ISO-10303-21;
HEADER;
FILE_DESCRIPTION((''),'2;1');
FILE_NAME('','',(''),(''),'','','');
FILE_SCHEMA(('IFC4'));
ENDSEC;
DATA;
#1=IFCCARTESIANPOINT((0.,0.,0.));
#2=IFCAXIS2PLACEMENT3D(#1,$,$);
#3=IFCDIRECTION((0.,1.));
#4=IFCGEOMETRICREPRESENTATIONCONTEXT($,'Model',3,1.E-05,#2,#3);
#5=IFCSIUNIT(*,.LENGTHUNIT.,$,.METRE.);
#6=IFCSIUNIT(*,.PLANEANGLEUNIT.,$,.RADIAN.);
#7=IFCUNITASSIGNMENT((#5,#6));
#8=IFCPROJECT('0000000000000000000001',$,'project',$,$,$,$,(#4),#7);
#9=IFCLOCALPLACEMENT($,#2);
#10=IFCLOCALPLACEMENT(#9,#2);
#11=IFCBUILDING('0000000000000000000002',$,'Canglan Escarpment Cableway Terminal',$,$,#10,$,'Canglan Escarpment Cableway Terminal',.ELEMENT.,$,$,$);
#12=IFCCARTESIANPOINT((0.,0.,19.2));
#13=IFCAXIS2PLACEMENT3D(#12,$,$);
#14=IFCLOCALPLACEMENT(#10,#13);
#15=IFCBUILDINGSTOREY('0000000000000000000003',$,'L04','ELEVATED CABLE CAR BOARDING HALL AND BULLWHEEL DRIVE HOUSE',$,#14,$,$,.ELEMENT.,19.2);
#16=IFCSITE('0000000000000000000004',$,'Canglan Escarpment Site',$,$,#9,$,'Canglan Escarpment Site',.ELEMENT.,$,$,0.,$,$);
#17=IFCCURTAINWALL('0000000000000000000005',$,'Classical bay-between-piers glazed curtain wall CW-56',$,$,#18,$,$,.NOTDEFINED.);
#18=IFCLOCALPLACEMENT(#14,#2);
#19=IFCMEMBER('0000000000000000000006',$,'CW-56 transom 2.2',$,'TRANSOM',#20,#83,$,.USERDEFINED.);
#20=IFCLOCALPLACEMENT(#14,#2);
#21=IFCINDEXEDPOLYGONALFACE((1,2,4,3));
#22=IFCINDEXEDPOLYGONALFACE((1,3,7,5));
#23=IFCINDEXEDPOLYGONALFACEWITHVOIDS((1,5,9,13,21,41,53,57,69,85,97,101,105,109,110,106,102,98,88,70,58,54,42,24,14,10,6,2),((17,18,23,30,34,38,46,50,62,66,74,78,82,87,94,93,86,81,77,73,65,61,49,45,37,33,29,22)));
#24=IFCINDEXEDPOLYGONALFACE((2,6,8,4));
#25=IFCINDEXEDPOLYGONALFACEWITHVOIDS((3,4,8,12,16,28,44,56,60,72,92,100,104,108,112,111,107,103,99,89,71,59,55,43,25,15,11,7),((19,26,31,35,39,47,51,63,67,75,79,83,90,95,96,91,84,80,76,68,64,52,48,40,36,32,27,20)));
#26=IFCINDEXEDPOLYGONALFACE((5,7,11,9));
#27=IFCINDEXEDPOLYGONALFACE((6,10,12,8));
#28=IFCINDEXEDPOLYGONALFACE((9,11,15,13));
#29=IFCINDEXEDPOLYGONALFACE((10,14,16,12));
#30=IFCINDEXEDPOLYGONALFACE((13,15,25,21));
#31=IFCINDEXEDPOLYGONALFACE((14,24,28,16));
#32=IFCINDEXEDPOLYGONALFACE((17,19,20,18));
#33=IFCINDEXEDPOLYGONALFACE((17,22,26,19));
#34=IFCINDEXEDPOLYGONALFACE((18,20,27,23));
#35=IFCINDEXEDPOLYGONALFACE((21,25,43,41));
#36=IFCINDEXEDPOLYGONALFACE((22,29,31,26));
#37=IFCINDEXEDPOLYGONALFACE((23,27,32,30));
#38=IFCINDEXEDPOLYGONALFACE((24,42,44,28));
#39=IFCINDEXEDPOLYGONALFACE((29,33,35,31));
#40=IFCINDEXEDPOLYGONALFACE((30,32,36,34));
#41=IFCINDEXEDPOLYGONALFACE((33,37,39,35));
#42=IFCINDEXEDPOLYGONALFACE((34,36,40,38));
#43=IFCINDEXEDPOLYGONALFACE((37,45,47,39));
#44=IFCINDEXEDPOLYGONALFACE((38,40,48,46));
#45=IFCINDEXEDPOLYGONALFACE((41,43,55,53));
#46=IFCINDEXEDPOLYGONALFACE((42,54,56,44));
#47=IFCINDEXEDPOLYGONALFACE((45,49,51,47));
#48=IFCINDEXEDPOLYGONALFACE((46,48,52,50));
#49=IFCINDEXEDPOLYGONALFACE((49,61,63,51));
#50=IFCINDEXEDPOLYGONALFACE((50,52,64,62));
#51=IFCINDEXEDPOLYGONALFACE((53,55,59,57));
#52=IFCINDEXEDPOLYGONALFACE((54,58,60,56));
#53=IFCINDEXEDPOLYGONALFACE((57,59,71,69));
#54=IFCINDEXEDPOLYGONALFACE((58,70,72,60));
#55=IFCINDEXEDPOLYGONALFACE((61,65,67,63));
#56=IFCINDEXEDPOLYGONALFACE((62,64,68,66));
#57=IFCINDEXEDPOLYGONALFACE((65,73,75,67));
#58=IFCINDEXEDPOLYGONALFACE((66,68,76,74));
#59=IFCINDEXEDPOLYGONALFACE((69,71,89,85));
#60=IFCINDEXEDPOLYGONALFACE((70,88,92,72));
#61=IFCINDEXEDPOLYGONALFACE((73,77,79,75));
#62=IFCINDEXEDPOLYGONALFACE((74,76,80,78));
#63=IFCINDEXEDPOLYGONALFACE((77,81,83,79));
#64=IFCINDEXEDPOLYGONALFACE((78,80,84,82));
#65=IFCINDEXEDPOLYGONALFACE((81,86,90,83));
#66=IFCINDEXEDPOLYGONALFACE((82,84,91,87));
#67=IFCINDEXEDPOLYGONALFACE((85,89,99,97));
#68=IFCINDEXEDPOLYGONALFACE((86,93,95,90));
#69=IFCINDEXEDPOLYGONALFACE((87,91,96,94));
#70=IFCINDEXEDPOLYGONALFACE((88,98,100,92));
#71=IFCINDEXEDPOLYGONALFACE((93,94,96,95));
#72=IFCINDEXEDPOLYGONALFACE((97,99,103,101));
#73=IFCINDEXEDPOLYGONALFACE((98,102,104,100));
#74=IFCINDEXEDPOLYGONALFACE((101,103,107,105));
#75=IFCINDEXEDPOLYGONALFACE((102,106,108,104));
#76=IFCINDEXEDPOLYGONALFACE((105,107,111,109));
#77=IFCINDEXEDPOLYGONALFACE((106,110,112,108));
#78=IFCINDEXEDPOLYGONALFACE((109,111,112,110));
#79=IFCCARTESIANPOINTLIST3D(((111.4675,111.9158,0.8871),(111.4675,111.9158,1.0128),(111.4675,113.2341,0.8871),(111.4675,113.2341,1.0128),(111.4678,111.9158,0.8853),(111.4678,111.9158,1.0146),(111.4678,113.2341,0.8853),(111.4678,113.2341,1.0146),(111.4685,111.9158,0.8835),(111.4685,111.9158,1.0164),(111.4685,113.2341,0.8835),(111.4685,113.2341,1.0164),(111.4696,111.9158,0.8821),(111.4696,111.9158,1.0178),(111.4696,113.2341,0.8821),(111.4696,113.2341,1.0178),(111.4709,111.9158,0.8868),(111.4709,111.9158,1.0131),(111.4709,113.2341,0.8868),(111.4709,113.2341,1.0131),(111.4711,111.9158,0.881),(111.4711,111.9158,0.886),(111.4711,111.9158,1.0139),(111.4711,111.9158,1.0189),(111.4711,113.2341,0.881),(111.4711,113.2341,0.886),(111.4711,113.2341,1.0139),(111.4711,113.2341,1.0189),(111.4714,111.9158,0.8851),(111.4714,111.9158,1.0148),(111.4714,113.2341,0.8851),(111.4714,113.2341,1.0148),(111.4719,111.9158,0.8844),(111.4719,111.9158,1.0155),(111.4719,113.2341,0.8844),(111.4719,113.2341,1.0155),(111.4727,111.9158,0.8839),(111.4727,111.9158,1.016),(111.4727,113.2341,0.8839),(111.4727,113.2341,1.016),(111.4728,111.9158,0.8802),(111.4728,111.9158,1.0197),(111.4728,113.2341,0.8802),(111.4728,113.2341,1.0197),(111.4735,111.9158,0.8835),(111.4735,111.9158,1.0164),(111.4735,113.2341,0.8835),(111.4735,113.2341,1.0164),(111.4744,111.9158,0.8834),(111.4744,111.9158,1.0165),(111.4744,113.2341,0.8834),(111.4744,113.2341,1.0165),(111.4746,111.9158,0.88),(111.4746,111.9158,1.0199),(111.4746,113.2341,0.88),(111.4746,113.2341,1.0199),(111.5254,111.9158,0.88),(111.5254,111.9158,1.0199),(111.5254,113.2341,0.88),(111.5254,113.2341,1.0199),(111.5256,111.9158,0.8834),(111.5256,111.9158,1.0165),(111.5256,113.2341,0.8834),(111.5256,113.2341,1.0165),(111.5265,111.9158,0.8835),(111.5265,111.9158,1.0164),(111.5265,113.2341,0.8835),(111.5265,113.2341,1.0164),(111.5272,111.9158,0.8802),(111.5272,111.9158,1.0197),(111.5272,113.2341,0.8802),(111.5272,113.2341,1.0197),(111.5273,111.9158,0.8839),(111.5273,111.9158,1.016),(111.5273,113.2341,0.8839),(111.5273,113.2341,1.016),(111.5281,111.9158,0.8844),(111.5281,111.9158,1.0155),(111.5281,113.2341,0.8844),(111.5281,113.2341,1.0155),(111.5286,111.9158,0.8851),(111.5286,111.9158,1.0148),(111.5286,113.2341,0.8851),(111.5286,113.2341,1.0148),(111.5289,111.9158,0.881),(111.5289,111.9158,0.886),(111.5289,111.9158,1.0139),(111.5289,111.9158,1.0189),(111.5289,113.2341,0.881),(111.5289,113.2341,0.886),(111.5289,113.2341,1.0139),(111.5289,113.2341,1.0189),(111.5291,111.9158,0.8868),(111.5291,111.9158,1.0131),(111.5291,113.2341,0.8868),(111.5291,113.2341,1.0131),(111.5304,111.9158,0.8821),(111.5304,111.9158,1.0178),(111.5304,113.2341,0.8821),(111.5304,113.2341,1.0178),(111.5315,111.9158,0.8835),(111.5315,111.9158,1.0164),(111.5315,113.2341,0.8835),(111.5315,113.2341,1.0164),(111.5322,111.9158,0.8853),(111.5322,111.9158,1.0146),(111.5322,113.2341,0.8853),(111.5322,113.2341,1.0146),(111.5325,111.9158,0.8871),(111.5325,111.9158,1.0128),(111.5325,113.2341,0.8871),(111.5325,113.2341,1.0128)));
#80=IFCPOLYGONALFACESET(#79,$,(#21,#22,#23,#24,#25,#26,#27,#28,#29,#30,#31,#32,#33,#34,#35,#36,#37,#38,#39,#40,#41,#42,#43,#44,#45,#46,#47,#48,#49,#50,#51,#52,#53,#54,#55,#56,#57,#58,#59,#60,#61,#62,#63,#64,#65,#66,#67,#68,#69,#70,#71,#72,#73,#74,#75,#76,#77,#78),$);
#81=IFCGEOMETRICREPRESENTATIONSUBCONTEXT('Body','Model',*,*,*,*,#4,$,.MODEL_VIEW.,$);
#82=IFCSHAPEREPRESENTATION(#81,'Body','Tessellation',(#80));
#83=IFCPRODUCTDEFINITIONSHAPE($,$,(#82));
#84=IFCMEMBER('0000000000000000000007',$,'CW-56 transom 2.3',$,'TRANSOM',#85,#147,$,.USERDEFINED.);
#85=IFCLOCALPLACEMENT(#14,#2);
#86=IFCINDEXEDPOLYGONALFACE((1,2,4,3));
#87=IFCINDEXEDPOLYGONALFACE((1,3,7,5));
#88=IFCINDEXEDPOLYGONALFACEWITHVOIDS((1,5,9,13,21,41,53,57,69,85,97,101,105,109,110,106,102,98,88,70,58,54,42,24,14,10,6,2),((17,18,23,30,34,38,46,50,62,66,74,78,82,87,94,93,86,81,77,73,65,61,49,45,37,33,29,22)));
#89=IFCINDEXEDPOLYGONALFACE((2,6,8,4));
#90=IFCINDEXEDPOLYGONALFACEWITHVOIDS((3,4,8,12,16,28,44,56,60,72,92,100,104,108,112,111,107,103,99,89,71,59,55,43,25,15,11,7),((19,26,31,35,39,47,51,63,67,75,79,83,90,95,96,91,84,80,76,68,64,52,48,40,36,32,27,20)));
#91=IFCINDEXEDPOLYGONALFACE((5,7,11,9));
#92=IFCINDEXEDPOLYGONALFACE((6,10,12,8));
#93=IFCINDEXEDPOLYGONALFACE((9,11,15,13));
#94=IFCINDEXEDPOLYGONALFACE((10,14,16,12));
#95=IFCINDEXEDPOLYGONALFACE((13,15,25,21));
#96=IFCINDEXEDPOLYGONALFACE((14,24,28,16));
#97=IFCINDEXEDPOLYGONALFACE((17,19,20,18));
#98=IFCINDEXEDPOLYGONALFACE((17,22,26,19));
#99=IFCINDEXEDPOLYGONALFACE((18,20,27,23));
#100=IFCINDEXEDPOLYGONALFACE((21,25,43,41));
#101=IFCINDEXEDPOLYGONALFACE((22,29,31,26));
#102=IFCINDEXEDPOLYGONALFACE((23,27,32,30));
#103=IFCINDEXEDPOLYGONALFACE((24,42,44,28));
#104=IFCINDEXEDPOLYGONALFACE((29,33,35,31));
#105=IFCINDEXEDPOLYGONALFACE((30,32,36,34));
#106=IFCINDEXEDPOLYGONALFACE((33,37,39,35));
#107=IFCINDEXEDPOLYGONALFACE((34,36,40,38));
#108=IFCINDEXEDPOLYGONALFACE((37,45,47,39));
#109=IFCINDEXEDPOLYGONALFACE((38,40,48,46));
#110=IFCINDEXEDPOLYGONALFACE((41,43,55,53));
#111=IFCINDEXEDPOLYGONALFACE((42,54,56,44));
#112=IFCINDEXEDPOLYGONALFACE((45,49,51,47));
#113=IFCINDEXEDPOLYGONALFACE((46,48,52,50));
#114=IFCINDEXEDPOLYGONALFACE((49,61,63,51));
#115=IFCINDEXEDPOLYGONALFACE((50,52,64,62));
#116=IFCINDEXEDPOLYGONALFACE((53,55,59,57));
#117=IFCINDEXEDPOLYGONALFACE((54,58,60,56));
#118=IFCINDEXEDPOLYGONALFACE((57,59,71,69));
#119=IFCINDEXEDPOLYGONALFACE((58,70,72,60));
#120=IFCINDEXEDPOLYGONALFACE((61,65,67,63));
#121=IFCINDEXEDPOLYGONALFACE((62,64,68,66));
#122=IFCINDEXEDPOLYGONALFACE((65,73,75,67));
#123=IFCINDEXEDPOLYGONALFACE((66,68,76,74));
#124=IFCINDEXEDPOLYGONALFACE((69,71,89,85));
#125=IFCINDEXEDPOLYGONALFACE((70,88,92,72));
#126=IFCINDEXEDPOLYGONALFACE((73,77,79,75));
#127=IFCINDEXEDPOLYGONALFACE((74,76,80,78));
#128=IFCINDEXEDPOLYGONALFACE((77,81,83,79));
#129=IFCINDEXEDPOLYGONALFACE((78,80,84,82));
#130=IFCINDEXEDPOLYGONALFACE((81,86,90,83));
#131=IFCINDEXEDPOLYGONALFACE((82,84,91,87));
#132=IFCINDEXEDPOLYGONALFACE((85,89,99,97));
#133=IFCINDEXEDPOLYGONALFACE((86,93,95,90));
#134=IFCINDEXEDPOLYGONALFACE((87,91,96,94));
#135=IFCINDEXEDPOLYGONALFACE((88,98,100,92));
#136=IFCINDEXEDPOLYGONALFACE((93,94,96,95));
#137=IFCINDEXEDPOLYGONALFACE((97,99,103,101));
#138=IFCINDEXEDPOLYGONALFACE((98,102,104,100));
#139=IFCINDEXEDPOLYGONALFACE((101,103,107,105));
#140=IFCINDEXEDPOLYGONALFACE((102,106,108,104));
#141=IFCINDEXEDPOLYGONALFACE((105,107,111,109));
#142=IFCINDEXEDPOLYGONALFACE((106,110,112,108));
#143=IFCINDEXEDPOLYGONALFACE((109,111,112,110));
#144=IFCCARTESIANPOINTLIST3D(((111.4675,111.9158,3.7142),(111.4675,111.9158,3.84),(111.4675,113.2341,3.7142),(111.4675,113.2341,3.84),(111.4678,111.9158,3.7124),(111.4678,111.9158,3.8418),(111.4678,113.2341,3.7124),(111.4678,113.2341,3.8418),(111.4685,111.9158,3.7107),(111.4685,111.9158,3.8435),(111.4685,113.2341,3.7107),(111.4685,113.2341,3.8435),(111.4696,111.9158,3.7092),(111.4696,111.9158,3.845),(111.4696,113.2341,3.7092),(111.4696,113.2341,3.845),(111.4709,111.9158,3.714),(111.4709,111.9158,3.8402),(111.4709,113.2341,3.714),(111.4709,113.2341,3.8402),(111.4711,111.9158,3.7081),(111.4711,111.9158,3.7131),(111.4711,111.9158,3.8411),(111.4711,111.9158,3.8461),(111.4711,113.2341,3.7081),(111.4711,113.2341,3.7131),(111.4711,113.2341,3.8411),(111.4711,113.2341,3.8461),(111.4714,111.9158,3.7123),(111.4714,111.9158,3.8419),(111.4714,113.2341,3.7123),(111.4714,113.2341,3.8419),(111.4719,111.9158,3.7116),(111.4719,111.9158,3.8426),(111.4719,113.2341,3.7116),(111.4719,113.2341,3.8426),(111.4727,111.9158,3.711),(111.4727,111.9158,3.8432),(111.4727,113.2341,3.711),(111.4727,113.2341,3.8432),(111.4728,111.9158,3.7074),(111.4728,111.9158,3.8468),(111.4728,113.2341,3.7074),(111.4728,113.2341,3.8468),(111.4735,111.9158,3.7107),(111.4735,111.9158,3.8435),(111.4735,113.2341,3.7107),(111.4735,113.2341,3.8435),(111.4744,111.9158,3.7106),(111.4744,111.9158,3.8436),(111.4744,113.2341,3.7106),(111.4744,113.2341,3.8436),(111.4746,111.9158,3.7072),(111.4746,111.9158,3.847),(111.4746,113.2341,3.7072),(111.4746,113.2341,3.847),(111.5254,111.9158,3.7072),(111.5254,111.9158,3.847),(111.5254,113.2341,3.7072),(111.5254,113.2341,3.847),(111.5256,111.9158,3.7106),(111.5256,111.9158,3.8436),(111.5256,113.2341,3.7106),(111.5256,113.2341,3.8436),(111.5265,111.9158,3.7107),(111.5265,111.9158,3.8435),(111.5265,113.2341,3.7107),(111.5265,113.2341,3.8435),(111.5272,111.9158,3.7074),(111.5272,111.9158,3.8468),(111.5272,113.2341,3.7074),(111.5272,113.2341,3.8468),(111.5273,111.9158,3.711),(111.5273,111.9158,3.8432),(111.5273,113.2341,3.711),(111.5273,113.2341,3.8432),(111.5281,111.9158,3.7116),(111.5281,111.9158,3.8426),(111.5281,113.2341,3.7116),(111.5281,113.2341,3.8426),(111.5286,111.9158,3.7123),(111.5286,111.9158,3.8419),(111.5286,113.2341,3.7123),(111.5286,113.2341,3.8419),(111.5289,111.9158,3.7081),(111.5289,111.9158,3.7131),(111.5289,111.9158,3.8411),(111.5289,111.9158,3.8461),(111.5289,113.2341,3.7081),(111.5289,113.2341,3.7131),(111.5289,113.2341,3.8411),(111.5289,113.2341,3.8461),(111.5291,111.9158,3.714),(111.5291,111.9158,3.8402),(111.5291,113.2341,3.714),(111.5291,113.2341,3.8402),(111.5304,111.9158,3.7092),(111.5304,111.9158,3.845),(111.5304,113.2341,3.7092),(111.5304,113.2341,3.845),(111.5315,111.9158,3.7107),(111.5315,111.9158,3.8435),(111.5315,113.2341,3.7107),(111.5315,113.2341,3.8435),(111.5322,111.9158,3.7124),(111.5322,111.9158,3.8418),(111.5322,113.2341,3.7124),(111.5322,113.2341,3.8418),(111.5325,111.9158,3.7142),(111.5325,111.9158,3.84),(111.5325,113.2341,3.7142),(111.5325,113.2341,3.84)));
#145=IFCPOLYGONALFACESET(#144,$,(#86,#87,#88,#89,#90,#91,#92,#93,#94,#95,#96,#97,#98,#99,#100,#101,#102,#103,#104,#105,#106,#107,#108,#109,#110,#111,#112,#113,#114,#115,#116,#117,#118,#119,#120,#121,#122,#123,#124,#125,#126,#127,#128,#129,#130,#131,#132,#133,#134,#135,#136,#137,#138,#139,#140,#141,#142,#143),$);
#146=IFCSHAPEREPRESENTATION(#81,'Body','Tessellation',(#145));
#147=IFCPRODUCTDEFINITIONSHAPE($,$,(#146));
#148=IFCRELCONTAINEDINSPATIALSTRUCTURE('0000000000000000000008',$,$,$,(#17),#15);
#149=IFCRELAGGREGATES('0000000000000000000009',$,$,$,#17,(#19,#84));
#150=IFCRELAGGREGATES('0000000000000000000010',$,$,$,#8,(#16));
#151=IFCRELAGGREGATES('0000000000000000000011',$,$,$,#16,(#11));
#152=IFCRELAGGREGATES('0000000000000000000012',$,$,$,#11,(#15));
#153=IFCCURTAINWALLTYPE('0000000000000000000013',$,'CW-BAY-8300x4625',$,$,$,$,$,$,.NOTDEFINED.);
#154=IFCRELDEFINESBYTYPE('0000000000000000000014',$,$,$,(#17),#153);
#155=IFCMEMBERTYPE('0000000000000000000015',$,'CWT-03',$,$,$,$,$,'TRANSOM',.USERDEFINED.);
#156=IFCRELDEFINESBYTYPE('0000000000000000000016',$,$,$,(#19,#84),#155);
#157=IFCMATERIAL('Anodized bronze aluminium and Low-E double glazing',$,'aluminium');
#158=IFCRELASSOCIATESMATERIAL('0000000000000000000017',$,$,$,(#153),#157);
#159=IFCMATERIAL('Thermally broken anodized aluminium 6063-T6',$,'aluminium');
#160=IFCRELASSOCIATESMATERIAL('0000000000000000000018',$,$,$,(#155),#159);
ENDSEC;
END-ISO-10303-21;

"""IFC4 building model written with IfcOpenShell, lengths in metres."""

from ifc_helpers import new_model, si_unit, direction, frame, origin, origin_2d, place, context, subcontext, project, spatial, hollow_rectangle, extrude, material, material_profile, profile_set, type_object, element, aggregate, save


model = new_model("IFC4")

# Units and contexts
model_context = context("Model", 3, precision=1e-05, world=origin(), true_north=direction((0.0, 1.0)))
body_context = subcontext(model_context, "Body", "Model", "MODEL_VIEW")
ifc_project = project(units=[si_unit("LENGTHUNIT", "METRE"), si_unit("PLANEANGLEUNIT", "RADIAN")], contexts=[model_context])

# Site, building, storey
site_placement = place(None, origin())
site = spatial("IfcSite", under=ifc_project, at=site_placement, Name="Canglan Escarpment Site", LongName="Canglan Escarpment Site", CompositionType="ELEMENT", RefElevation=0.0)
building_placement = place(site_placement, origin())
building = spatial("IfcBuilding", under=site, at=building_placement, Name="Canglan Escarpment Cableway Terminal", LongName="Canglan Escarpment Cableway Terminal", CompositionType="ELEMENT")
storey_placement = place(building_placement, frame((0.0, 0.0, 19.2)))
storey = spatial("IfcBuildingStorey", under=building, at=storey_placement, Name="L04", Description="ELEVATED CABLE CAR BOARDING HALL AND BULLWHEEL DRIVE HOUSE", CompositionType="ELEMENT", Elevation=19.2)

# Curtain wall
ifc_material_1 = material(Name="Anodized bronze aluminium and Low-E double glazing", Category="aluminium")
ifc_material_2 = material(Name="Thermally broken anodized aluminium 6063-T6", Category="aluminium")
curtain_wall_type_1 = type_object("IfcCurtainWallType", Name="CW-BAY-8300x4625", PredefinedType="NOTDEFINED", material=ifc_material_1)
curtain_wall_1_placement = place(storey_placement, origin())
curtain_wall_1 = element("IfcCurtainWall", 1, at=curtain_wall_1_placement, inside=storey, type_object=curtain_wall_type_1, Name="Classical bay-between-piers glazed curtain wall CW-56", PredefinedType="NOTDEFINED")

# Members
ifc_material_profile_1 = material_profile(ifc_material_2, hollow_rectangle(XDim=0.0649, YDim=0.1399, WallThickness=0.0034, InnerFilletRadius=0.0034, OuterFilletRadius=0.0071, at=origin_2d()), Name="ALU-TRAN 65x140x3.5")
ifc_profile_set_1 = profile_set([ifc_material_profile_1], Name="Thermally broken anodized aluminium 6063-T6")
member_type_1 = type_object("IfcMemberType", Name="CWT-03", ElementType="TRANSOM", PredefinedType="USERDEFINED", material=ifc_profile_set_1)
member_1_placement = place(storey_placement, frame((111.5, 113.2341, 0.95), z_axis=(0.0, -1.0, 0.0), x_axis=(1.0, 0.0, 0.0)))
member_1 = element("IfcMember", 2, at=member_1_placement, type_object=member_type_1, Name="CW-56 transom 2.2", ObjectType="TRANSOM", PredefinedType="USERDEFINED", context=body_context, shape_type="SweptSolid", body=[
    extrude(hollow_rectangle(XDim=0.0649, YDim=0.1399, WallThickness=0.0034, InnerFilletRadius=0.0034, OuterFilletRadius=0.0071, at=origin_2d()), origin(), (0.0, 0.0, 1.0), 1.3184),
])
member_2_placement = place(storey_placement, frame((111.5, 113.2341, 3.7771), z_axis=(0.0, -1.0, 0.0), x_axis=(1.0, 0.0, 0.0)))
member_2 = element("IfcMember", 3, at=member_2_placement, type_object=member_type_1, Name="CW-56 transom 2.3", ObjectType="TRANSOM", PredefinedType="USERDEFINED", context=body_context, shape_type="SweptSolid", body=[
    extrude(hollow_rectangle(XDim=0.0649, YDim=0.1399, WallThickness=0.0034, InnerFilletRadius=0.0034, OuterFilletRadius=0.0071, at=origin_2d()), origin(), (0.0, 0.0, 1.0), 1.3184),
])

aggregate(curtain_wall_1, [member_1, member_2])

save(model, "model.ifc")
